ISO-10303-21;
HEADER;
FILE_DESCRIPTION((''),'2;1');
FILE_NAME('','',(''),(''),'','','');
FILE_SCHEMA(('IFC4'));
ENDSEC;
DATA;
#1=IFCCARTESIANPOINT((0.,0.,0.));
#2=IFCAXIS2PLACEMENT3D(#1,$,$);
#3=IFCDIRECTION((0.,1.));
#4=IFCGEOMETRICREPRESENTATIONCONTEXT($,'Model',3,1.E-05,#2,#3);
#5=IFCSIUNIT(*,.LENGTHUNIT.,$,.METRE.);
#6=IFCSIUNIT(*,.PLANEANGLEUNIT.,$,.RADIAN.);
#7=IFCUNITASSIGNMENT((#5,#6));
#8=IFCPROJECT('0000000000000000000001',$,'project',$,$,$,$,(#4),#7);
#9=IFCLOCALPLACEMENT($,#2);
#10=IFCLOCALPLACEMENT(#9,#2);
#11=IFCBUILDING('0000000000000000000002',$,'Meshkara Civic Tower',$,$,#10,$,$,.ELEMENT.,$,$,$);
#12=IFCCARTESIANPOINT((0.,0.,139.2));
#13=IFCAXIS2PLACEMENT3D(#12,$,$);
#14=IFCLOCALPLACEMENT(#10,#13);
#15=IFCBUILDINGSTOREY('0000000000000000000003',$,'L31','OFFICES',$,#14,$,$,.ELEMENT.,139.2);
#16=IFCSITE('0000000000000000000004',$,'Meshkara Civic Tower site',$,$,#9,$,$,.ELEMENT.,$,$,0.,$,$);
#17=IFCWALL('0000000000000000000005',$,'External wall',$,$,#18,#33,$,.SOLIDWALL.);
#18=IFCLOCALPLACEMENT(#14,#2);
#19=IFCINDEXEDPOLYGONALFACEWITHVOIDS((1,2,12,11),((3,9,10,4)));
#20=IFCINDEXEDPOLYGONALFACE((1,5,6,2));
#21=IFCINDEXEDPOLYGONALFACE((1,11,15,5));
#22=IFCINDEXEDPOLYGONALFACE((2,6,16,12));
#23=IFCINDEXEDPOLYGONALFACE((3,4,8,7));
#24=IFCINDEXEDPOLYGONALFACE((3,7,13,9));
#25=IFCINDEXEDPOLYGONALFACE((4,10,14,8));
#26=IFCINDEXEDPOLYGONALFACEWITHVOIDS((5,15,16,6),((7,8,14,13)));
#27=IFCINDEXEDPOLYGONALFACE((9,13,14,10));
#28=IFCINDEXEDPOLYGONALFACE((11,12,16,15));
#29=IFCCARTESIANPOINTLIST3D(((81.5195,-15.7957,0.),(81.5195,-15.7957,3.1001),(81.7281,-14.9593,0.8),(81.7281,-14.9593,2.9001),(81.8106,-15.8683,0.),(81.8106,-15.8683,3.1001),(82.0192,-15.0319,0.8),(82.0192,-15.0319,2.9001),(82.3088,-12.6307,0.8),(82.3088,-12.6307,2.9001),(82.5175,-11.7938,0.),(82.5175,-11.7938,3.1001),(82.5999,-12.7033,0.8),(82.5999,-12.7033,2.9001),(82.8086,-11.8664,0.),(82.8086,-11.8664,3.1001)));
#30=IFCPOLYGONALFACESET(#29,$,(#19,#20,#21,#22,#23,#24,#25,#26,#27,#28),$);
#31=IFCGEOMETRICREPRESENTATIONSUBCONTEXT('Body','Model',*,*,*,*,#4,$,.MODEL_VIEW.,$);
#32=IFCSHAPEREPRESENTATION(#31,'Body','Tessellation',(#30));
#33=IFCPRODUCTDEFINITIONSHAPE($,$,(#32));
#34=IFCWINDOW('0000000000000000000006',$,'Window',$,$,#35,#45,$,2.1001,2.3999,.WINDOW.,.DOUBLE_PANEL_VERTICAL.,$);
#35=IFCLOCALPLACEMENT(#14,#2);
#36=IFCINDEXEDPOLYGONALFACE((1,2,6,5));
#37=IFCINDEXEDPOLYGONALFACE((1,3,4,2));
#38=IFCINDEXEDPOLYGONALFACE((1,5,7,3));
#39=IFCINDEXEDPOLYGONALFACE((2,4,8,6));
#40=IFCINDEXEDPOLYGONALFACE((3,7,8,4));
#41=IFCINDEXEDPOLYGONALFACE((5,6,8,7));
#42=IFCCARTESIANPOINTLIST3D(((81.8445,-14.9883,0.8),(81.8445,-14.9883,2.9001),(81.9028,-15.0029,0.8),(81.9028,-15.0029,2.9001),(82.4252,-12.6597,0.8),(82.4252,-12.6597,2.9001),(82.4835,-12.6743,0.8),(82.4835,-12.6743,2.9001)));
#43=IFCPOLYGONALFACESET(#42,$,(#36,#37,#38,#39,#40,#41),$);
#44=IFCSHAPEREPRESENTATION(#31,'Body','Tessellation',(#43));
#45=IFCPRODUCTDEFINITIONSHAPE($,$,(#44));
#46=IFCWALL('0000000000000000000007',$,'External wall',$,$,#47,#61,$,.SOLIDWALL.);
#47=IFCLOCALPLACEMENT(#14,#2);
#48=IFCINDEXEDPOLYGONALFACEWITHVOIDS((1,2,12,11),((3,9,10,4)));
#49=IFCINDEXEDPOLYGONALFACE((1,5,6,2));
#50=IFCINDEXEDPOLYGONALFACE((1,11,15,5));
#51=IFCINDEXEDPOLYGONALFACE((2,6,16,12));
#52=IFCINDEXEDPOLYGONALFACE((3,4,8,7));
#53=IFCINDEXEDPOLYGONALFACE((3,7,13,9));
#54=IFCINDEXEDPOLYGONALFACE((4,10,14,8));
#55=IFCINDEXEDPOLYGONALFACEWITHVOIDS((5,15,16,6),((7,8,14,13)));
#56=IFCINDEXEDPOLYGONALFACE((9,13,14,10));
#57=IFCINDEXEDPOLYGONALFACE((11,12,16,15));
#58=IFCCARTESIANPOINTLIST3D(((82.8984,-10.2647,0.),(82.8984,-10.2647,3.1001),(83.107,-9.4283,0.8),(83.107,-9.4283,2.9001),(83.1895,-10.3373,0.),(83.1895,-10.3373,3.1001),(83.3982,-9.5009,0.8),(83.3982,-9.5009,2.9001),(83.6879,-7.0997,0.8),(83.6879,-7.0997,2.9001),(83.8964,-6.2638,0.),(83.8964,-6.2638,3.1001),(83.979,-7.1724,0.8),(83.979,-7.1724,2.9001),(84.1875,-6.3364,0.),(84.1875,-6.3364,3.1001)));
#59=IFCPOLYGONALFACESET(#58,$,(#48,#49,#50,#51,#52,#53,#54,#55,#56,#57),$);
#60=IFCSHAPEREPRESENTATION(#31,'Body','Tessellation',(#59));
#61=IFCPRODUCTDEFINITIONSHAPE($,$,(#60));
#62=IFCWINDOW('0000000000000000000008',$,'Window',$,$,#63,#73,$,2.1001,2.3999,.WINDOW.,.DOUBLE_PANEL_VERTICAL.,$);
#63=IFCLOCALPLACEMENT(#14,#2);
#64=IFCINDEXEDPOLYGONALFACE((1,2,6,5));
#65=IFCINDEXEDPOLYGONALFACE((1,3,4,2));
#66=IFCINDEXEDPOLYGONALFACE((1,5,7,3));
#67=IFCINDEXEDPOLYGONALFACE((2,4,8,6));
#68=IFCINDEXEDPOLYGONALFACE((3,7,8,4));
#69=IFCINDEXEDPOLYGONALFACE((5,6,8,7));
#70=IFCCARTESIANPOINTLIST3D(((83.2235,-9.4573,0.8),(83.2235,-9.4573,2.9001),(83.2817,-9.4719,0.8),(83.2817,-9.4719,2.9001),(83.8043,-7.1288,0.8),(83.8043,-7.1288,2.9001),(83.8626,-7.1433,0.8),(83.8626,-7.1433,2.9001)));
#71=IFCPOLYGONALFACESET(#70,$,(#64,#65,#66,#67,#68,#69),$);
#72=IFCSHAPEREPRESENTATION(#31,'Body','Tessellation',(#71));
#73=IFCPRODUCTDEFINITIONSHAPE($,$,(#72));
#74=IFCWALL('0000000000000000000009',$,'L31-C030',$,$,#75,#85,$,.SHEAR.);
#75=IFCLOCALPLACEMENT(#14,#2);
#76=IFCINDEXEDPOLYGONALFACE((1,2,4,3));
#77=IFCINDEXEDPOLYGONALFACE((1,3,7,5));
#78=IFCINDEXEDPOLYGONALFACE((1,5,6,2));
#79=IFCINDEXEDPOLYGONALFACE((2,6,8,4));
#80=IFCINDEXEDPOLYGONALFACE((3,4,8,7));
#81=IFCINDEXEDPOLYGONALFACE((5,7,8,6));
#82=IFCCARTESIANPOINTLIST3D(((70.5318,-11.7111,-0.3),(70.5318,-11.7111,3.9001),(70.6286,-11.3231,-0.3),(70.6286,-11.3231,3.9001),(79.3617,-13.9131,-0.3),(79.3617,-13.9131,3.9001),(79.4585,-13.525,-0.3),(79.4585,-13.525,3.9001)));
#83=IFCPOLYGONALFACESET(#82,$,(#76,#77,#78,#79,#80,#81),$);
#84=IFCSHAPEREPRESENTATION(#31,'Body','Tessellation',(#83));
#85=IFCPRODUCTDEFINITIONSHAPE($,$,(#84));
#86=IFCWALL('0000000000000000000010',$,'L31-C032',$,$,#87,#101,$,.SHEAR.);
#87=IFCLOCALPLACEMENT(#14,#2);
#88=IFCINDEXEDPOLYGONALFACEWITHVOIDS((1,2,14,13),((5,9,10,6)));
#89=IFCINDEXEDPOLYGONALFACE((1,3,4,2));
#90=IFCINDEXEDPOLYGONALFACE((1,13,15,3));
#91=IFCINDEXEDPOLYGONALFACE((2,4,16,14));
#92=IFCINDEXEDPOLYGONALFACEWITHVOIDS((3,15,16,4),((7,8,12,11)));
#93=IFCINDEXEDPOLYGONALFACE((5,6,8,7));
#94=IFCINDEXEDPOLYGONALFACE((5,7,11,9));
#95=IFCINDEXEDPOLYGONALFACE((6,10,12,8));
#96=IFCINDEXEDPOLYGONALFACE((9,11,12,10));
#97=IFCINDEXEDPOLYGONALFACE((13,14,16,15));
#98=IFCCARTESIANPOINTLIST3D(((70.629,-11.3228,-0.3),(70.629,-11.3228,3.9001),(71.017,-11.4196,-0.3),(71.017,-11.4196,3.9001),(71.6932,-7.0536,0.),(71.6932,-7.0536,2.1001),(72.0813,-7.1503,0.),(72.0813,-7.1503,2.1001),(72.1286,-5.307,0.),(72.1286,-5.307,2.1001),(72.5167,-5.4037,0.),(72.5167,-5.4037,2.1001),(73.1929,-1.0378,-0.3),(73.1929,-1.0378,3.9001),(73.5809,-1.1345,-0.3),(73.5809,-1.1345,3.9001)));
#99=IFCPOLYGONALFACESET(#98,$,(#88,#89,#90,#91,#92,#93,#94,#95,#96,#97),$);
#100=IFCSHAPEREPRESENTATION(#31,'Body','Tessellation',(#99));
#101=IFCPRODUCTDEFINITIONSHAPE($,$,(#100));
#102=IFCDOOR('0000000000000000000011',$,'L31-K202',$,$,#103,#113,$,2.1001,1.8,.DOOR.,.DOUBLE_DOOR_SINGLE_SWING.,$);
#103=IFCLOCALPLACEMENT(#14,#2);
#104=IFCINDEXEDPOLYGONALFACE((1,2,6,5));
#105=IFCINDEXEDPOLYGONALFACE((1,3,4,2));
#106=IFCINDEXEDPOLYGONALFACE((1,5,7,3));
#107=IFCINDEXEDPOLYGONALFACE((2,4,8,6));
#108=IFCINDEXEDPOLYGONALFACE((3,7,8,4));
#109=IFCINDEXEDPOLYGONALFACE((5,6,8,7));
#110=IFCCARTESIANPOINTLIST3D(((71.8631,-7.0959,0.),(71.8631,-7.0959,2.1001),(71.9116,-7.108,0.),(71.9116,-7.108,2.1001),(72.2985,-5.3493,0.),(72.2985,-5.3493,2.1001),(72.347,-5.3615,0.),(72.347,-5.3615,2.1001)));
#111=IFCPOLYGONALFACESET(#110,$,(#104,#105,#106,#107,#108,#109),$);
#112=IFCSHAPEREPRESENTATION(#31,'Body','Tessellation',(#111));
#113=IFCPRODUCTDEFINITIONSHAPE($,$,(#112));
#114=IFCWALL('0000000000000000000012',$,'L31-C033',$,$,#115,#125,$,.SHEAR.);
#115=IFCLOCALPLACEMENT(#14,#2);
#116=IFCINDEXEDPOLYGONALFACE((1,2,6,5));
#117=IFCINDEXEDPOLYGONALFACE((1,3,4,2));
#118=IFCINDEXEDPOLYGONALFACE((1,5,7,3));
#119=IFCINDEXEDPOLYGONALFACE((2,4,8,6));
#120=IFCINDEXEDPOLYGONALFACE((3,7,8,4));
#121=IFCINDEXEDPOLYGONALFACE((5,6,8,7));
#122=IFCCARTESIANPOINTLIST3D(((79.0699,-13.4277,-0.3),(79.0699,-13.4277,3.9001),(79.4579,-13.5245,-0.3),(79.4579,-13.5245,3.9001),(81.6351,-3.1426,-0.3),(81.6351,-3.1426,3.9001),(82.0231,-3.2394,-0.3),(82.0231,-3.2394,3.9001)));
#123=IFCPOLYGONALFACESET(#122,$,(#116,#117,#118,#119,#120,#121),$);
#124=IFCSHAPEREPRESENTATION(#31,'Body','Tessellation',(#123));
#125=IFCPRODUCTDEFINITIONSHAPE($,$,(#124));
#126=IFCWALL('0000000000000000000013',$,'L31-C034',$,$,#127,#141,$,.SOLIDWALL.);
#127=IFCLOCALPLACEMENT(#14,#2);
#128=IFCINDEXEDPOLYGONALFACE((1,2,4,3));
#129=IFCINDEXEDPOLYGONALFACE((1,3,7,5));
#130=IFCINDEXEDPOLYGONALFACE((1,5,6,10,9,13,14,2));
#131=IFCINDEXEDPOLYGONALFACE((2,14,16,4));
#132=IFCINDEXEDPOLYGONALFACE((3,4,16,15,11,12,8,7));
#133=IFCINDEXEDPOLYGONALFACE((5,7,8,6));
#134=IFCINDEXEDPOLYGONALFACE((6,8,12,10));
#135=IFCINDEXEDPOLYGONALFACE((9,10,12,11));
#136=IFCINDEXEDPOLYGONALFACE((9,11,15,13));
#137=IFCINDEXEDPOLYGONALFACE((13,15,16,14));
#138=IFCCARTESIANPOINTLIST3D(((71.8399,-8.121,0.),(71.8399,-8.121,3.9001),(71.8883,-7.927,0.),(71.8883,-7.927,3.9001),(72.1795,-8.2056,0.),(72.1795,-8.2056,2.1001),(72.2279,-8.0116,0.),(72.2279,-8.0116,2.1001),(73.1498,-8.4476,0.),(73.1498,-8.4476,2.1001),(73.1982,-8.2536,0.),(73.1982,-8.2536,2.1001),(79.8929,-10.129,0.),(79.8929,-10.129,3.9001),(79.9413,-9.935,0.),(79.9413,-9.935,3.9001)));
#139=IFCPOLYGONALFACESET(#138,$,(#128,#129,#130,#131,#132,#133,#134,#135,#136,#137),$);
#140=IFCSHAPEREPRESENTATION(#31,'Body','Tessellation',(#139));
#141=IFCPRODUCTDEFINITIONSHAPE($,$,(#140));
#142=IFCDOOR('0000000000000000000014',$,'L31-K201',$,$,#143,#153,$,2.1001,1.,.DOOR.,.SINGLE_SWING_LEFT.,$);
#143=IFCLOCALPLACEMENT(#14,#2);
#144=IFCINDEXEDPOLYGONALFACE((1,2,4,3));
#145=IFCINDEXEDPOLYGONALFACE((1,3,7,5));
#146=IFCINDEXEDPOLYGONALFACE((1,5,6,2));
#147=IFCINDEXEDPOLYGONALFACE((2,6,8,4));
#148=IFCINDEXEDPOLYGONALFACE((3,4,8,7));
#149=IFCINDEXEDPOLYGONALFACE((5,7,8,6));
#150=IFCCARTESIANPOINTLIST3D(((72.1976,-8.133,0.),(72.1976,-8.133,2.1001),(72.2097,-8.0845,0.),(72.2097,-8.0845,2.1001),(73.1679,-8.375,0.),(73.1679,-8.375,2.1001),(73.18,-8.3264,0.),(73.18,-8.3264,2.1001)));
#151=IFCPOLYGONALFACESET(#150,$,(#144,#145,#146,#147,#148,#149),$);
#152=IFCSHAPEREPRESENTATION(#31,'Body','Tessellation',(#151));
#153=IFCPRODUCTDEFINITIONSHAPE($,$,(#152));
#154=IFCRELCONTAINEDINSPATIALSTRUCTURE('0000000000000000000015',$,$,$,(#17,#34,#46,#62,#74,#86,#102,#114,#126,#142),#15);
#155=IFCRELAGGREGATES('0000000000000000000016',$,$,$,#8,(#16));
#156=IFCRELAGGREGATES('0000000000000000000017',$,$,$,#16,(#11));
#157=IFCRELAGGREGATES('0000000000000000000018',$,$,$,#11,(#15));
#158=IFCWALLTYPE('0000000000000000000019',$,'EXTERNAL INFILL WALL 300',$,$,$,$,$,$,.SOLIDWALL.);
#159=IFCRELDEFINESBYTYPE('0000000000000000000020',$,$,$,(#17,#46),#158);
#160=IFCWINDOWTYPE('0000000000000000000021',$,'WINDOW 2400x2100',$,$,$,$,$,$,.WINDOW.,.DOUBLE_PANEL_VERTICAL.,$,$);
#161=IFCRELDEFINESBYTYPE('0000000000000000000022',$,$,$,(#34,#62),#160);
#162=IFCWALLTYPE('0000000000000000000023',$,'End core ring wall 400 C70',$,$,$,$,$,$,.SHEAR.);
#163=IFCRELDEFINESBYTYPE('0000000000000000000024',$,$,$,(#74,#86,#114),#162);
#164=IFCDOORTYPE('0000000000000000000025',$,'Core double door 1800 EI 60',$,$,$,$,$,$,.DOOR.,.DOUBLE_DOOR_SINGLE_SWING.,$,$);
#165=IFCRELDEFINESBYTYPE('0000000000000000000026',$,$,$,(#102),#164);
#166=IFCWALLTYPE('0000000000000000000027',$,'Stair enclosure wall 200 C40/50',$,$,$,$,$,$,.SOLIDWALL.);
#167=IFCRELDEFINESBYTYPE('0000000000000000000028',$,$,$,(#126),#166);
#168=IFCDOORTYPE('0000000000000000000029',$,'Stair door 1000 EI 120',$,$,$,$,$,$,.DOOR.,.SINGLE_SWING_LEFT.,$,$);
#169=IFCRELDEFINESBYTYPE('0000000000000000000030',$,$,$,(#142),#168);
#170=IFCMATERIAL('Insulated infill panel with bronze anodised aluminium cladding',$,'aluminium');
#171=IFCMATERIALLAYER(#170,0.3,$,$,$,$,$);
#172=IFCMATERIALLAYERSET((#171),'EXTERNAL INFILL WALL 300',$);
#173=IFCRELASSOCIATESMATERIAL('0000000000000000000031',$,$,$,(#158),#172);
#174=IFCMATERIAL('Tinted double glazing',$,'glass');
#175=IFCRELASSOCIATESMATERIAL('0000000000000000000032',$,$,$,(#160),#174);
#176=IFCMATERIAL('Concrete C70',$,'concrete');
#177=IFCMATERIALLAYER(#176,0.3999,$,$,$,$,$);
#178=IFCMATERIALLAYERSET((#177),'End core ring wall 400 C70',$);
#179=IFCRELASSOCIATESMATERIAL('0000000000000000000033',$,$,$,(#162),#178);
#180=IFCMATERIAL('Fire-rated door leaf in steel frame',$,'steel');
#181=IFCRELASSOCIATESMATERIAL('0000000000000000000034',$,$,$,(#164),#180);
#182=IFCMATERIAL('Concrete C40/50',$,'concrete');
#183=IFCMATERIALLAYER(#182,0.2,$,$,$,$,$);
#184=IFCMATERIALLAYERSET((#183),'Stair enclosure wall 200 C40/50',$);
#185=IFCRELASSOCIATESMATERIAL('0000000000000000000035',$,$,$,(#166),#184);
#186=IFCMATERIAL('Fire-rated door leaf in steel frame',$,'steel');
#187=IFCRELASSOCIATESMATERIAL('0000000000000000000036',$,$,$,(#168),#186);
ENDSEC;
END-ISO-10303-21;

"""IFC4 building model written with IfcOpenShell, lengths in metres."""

from ifc_helpers import new_model, si_unit, direction, frame, frame_2d, origin, place, context, subcontext, project, spatial, rectangle, extrude, material, layer, layer_set, type_object, element, fill, save


model = new_model("IFC4")

# Units and contexts
model_context = context("Model", 3, precision=1e-05, world=origin(), true_north=direction((0.0, 1.0)))
body_context = subcontext(model_context, "Body", "Model", "MODEL_VIEW")
ifc_project = project(units=[si_unit("LENGTHUNIT", "METRE"), si_unit("PLANEANGLEUNIT", "RADIAN")], contexts=[model_context])

# Site, building, storey
site_placement = place(None, origin())
site = spatial("IfcSite", under=ifc_project, at=site_placement, Name="Meshkara Civic Tower site", CompositionType="ELEMENT", RefElevation=0.0)
building_placement = place(site_placement, origin())
building = spatial("IfcBuilding", under=site, at=building_placement, Name="Meshkara Civic Tower", CompositionType="ELEMENT")
storey_placement = place(building_placement, frame((0.0, 0.0, 139.2)))
storey = spatial("IfcBuildingStorey", under=building, at=storey_placement, Name="L31", Description="OFFICES", CompositionType="ELEMENT", Elevation=139.2)

# Walls, openings, windows
ifc_material_1 = material(Name="Insulated infill panel with bronze anodised aluminium cladding", Category="aluminium")
ifc_layer_1 = layer(ifc_material_1, 0.3)
ifc_layer_set_1 = layer_set([ifc_layer_1], Name="EXTERNAL INFILL WALL 300")
wall_type_1 = type_object("IfcWallType", Name="EXTERNAL INFILL WALL 300", PredefinedType="SOLIDWALL", material=ifc_layer_set_1)
ifc_material_2 = material(Name="Tinted double glazing", Category="glass")
window_type_1 = type_object("IfcWindowType", Name="WINDOW 2400x2100", PartitioningType="DOUBLE_PANEL_VERTICAL", PredefinedType="WINDOW", material=ifc_material_2)
wall_1_placement = place(storey_placement, frame((81.665, -15.832, 0.0), z_axis=(0.0, 0.0, 1.0), x_axis=(0.241978, 0.970282, 0.0)))
wall_1 = element("IfcWall", 1, at=wall_1_placement, inside=storey, type_object=wall_type_1, Name="External wall", PredefinedType="SOLIDWALL", context=body_context, shape_type="SweptSolid", body=[
    extrude(rectangle(XDim=4.1245, YDim=0.3, at=frame_2d((2.0623, 0.0))), origin(), (0.0, 0.0, 1.0), 3.1001),
])
opening_1_placement = place(wall_1_placement, frame((0.8621, 0.0, 0.8)))
opening_1 = element("IfcOpeningElement", 2, at=opening_1_placement, cuts=wall_1, PredefinedType="OPENING", context=body_context, shape_type="SweptSolid", body=[
    extrude(rectangle(XDim=2.3999, YDim=2.1001, at=frame_2d((1.2, 1.05))), frame((0.0, 0.1599, 0.0), z_axis=(0.0, -1.0, 0.0), x_axis=(1.0, 0.0, 0.0)), (0.0, 0.0, 1.0), 0.3201),
])
window_1_placement = place(opening_1_placement, origin())
window_1 = element("IfcWindow", 3, at=window_1_placement, inside=storey, type_object=window_type_1, Name="Window", OverallHeight=2.1001, OverallWidth=2.3999, PartitioningType="DOUBLE_PANEL_VERTICAL", PredefinedType="WINDOW", context=body_context, shape_type="SweptSolid", body=[
    extrude(rectangle(XDim=2.3999, YDim=2.1001, at=frame_2d((1.2, 1.05))), frame((0.0, 0.03, 0.0), z_axis=(0.0, -1.0, 0.0), x_axis=(1.0, 0.0, 0.0)), (0.0, 0.0, 1.0), 0.0601),
])
fill(opening_1, window_1)
wall_2_placement = place(storey_placement, frame((83.0439, -10.301, 0.0), z_axis=(0.0, 0.0, 1.0), x_axis=(0.242034, 0.970268, 0.0)))
wall_2 = element("IfcWall", 4, at=wall_2_placement, inside=storey, type_object=wall_type_1, Name="External wall", PredefinedType="SOLIDWALL", context=body_context, shape_type="SweptSolid", body=[
    extrude(rectangle(XDim=4.1235, YDim=0.3, at=frame_2d((2.0618, 0.0))), origin(), (0.0, 0.0, 1.0), 3.1001),
])
opening_2_placement = place(wall_2_placement, frame((0.8621, 0.0, 0.8)))
opening_2 = element("IfcOpeningElement", 5, at=opening_2_placement, cuts=wall_2, PredefinedType="OPENING", context=body_context, shape_type="SweptSolid", body=[
    extrude(rectangle(XDim=2.3999, YDim=2.1001, at=frame_2d((1.2, 1.05))), frame((0.0, 0.1599, 0.0), z_axis=(0.0, -1.0, 0.0), x_axis=(1.0, 0.0, 0.0)), (0.0, 0.0, 1.0), 0.3201),
])
window_2_placement = place(opening_2_placement, origin())
window_2 = element("IfcWindow", 6, at=window_2_placement, inside=storey, type_object=window_type_1, Name="Window", OverallHeight=2.1001, OverallWidth=2.3999, PartitioningType="DOUBLE_PANEL_VERTICAL", PredefinedType="WINDOW", context=body_context, shape_type="SweptSolid", body=[
    extrude(rectangle(XDim=2.3999, YDim=2.1001, at=frame_2d((1.2, 1.05))), frame((0.0, 0.03, 0.0), z_axis=(0.0, -1.0, 0.0), x_axis=(1.0, 0.0, 0.0)), (0.0, 0.0, 1.0), 0.0601),
])
fill(opening_2, window_2)

# Wall
ifc_material_3 = material(Name="Concrete C70", Category="concrete")
ifc_layer_2 = layer(ifc_material_3, 0.3999)
ifc_layer_set_2 = layer_set([ifc_layer_2], Name="End core ring wall 400 C70")
wall_type_2 = type_object("IfcWallType", Name="End core ring wall 400 C70", PredefinedType="SHEAR", material=ifc_layer_set_2)
wall_3_placement = place(storey_placement, frame((70.5801, -11.5171, -0.3), z_axis=(0.0, 0.0, 1.0), x_axis=(0.970286, -0.241961, 0.0)))
element("IfcWall", 7, at=wall_3_placement, inside=storey, type_object=wall_type_2, Name="L31-C030", PredefinedType="SHEAR", context=body_context, shape_type="SweptSolid", body=[
    extrude(rectangle(XDim=9.1003, YDim=0.3999, at=frame_2d((4.5503, 0.0))), origin(), (0.0, 0.0, 1.0), 4.2002),
])

# Wall, opening, door
wall_4_placement = place(storey_placement, frame((70.823, -11.3711, -0.3), z_axis=(0.0, 0.0, 1.0), x_axis=(0.241885, 0.970305, 0.0)))
wall_4 = element("IfcWall", 8, at=wall_4_placement, inside=storey, type_object=wall_type_2, Name="L31-C032", PredefinedType="SHEAR", context=body_context, shape_type="SweptSolid", body=[
    extrude(rectangle(XDim=10.5999, YDim=0.3999, at=frame_2d((5.2998, 0.0))), origin(), (0.0, 0.0, 1.0), 4.2002),
])
opening_3_placement = place(wall_4_placement, frame((4.3999, 0.0, 0.3)))
opening_3 = element("IfcOpeningElement", 9, at=opening_3_placement, cuts=wall_4, PredefinedType="OPENING", context=body_context, shape_type="SweptSolid", body=[
    extrude(rectangle(XDim=1.8, YDim=2.1001, at=frame_2d((0.8999, 1.05))), frame((0.0, 0.21, 0.0), z_axis=(0.0, -1.0, 0.0), x_axis=(1.0, 0.0, 0.0)), (0.0, 0.0, 1.0), 0.4199),
])
ifc_material_4 = material(Name="Fire-rated door leaf in steel frame", Category="steel")
door_type_1 = type_object("IfcDoorType", Name="Core double door 1800 EI 60", OperationType="DOUBLE_DOOR_SINGLE_SWING", PredefinedType="DOOR", material=ifc_material_4)
door_1_placement = place(opening_3_placement, origin())
door_1 = element("IfcDoor", 10, at=door_1_placement, inside=storey, type_object=door_type_1, Name="L31-K202", OperationType="DOUBLE_DOOR_SINGLE_SWING", OverallHeight=2.1001, OverallWidth=1.8, PredefinedType="DOOR", context=body_context, shape_type="SweptSolid", body=[
    extrude(rectangle(XDim=1.8, YDim=2.1001, at=frame_2d((0.8999, 1.05))), frame((0.0, 0.0249, 0.0), z_axis=(0.0, -1.0, 0.0), x_axis=(1.0, 0.0, 0.0)), (0.0, 0.0, 1.0), 0.05),
])
fill(opening_3, door_1)

# Wall
wall_5_placement = place(storey_placement, frame((79.2639, -13.4761, -0.3), z_axis=(0.0, 0.0, 1.0), x_axis=(0.241994, 0.970278, 0.0)))
element("IfcWall", 11, at=wall_5_placement, inside=storey, type_object=wall_type_2, Name="L31-C033", PredefinedType="SHEAR", context=body_context, shape_type="SweptSolid", body=[
    extrude(rectangle(XDim=10.6001, YDim=0.3999, at=frame_2d((5.3, 0.0))), origin(), (0.0, 0.0, 1.0), 4.2002),
])

# Wall, opening, door
ifc_material_5 = material(Name="Concrete C40/50", Category="concrete")
ifc_layer_3 = layer(ifc_material_5, 0.2)
ifc_layer_set_3 = layer_set([ifc_layer_3], Name="Stair enclosure wall 200 C40/50")
wall_type_3 = type_object("IfcWallType", Name="Stair enclosure wall 200 C40/50", PredefinedType="SOLIDWALL", material=ifc_layer_set_3)
wall_6_placement = place(storey_placement, frame((71.864, -8.0239, 0.0), z_axis=(0.0, 0.0, 1.0), x_axis=(0.970289, -0.241947, 0.0)))
wall_6 = element("IfcWall", 12, at=wall_6_placement, inside=storey, type_object=wall_type_3, Name="L31-C034", PredefinedType="SOLIDWALL", context=body_context, shape_type="SweptSolid", body=[
    extrude(rectangle(XDim=8.2996, YDim=0.2, at=frame_2d((4.1499, 0.0))), origin(), (0.0, 0.0, 1.0), 3.9001),
])
opening_4_placement = place(wall_6_placement, frame((0.3501, 0.0, 0.0)))
opening_4 = element("IfcOpeningElement", 13, at=opening_4_placement, cuts=wall_6, PredefinedType="OPENING", context=body_context, shape_type="SweptSolid", body=[
    extrude(rectangle(XDim=1.0, YDim=2.1001, at=frame_2d((0.5, 1.05))), frame((0.0, 0.1099, 0.0), z_axis=(0.0, -1.0, 0.0), x_axis=(1.0, 0.0, 0.0)), (0.0, 0.0, 1.0), 0.22),
])
ifc_material_6 = material(Name="Fire-rated door leaf in steel frame", Category="steel")
door_type_2 = type_object("IfcDoorType", Name="Stair door 1000 EI 120", OperationType="SINGLE_SWING_LEFT", PredefinedType="DOOR", material=ifc_material_6)
door_2_placement = place(opening_4_placement, origin())
door_2 = element("IfcDoor", 14, at=door_2_placement, inside=storey, type_object=door_type_2, Name="L31-K201", OperationType="SINGLE_SWING_LEFT", OverallHeight=2.1001, OverallWidth=1.0, PredefinedType="DOOR", context=body_context, shape_type="SweptSolid", body=[
    extrude(rectangle(XDim=1.0, YDim=2.1001, at=frame_2d((0.5, 1.05))), frame((0.0, 0.0249, 0.0), z_axis=(0.0, -1.0, 0.0), x_axis=(1.0, 0.0, 0.0)), (0.0, 0.0, 1.0), 0.05),
])
fill(opening_4, door_2)

save(model, "model.ifc")
